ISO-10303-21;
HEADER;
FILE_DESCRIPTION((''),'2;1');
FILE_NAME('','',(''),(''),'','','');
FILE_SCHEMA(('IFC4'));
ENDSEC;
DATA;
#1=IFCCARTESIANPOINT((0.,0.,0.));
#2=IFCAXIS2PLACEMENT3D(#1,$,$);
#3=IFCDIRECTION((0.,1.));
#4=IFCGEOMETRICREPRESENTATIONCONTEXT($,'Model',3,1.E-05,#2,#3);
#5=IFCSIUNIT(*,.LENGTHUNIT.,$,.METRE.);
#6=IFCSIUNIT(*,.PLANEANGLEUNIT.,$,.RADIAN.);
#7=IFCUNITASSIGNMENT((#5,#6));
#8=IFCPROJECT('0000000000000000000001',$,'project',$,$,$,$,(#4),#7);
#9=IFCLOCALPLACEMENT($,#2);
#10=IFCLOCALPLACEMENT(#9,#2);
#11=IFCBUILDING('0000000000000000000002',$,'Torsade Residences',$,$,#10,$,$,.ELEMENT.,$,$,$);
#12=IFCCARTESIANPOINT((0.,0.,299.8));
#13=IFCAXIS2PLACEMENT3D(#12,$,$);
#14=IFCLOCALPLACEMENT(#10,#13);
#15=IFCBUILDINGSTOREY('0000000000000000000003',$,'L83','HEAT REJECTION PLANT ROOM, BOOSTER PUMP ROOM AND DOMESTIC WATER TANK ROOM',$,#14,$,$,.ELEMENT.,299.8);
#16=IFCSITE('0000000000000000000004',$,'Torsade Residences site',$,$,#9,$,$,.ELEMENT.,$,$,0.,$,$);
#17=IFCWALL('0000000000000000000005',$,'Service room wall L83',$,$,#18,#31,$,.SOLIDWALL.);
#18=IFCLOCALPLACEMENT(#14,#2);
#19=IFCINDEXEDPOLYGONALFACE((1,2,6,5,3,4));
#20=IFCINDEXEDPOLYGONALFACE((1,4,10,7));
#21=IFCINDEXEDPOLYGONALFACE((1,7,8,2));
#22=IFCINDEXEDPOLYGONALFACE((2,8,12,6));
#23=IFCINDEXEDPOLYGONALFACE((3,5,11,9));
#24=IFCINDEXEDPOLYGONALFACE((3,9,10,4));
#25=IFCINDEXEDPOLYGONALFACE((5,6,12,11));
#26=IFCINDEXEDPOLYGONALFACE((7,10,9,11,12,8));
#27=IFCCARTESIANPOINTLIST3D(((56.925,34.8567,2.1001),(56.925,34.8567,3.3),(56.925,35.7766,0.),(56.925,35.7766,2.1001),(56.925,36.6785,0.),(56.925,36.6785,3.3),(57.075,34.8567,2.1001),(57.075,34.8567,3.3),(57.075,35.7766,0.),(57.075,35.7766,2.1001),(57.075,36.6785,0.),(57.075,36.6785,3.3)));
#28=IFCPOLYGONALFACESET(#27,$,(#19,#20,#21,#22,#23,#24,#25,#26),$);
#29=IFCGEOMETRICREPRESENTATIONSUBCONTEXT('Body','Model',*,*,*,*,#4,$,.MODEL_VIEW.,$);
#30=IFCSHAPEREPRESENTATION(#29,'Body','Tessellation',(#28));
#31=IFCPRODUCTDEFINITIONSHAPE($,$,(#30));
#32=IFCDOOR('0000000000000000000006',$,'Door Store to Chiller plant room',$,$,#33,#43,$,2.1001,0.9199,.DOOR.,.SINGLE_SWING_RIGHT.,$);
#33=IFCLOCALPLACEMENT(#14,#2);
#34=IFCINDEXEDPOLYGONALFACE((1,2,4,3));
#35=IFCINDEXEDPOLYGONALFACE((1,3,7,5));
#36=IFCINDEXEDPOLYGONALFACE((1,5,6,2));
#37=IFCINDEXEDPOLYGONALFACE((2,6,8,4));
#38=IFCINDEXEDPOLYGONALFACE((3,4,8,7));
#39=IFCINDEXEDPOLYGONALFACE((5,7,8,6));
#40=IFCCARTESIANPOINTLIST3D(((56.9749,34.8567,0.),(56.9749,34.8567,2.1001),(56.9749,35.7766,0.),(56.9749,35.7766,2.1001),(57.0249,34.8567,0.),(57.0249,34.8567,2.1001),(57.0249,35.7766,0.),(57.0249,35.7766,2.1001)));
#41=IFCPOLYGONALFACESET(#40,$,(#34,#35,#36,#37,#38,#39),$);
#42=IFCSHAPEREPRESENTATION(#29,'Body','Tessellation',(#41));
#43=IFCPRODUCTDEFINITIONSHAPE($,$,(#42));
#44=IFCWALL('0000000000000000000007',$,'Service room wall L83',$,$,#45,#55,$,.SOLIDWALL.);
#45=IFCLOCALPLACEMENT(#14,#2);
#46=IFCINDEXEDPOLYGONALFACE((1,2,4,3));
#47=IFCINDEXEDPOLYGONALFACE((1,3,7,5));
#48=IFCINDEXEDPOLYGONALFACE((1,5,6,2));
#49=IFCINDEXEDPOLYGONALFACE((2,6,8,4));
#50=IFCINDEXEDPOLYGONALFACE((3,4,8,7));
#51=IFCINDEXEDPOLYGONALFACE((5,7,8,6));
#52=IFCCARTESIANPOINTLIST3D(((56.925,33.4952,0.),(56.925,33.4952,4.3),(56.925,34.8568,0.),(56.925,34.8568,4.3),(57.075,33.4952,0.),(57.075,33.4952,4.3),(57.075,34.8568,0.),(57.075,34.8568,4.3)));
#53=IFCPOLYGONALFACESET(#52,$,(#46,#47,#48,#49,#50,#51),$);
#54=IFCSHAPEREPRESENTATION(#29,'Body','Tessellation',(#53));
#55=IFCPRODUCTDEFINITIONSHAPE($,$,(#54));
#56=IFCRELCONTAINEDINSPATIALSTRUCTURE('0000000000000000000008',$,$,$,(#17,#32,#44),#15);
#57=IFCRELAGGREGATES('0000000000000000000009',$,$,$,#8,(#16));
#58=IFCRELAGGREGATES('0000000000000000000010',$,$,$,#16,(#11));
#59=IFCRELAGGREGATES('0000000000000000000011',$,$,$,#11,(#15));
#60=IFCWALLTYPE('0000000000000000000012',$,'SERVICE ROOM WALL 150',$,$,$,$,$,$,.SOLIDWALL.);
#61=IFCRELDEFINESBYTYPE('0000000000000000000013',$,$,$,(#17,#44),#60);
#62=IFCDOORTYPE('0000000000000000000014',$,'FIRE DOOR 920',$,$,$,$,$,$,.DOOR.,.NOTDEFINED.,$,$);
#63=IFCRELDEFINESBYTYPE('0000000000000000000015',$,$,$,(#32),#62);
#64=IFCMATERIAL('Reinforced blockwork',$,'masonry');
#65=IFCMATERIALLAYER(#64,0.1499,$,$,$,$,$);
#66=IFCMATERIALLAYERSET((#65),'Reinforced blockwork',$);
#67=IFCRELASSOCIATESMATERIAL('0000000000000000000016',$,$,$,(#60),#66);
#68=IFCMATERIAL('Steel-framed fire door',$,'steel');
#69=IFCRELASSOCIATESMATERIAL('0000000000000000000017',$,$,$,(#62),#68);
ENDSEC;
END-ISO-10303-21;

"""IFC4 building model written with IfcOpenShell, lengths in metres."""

from ifc_helpers import new_model, si_unit, direction, frame, frame_2d, origin, place, context, subcontext, project, spatial, rectangle, extrude, material, layer, layer_set, type_object, element, fill, save


model = new_model("IFC4")

# Units and contexts
model_context = context("Model", 3, precision=1e-05, world=origin(), true_north=direction((0.0, 1.0)))
body_context = subcontext(model_context, "Body", "Model", "MODEL_VIEW")
ifc_project = project(units=[si_unit("LENGTHUNIT", "METRE"), si_unit("PLANEANGLEUNIT", "RADIAN")], contexts=[model_context])

# Site, building, storey
site_placement = place(None, origin())
site = spatial("IfcSite", under=ifc_project, at=site_placement, Name="Torsade Residences site", CompositionType="ELEMENT", RefElevation=0.0)
building_placement = place(site_placement, origin())
building = spatial("IfcBuilding", under=site, at=building_placement, Name="Torsade Residences", CompositionType="ELEMENT")
storey_placement = place(building_placement, frame((0.0, 0.0, 299.8)))
storey = spatial("IfcBuildingStorey", under=building, at=storey_placement, Name="L83", Description="HEAT REJECTION PLANT ROOM, BOOSTER PUMP ROOM AND DOMESTIC WATER TANK ROOM", CompositionType="ELEMENT", Elevation=299.8)

# Shared definitions
ifc_material_1 = material(Name="Reinforced blockwork", Category="masonry")
ifc_layer_1 = layer(ifc_material_1, 0.1499)
ifc_layer_set_1 = layer_set([ifc_layer_1], Name="Reinforced blockwork")
wall_type_1 = type_object("IfcWallType", Name="SERVICE ROOM WALL 150", PredefinedType="SOLIDWALL", material=ifc_layer_set_1)

# Shared definitions
ifc_material_2 = material(Name="Steel-framed fire door", Category="steel")
door_type = type_object("IfcDoorType", Name="FIRE DOOR 920", OperationType="NOTDEFINED", PredefinedType="DOOR", material=ifc_material_2)

# Wall, opening, door
wall_1_placement = place(storey_placement, frame((57.0, 36.6785, 0.0), z_axis=(0.0, 0.0, 1.0), x_axis=(0.0, -1.0, 0.0)))
wall_1 = element("IfcWall", 1, at=wall_1_placement, inside=storey, type_object=wall_type_1, Name="Service room wall L83", PredefinedType="SOLIDWALL", context=body_context, shape_type="SweptSolid", body=[
    extrude(rectangle(XDim=1.8218, YDim=0.1499, at=frame_2d((0.9109, 0.0))), origin(), (0.0, 0.0, 1.0), 3.3),
])
opening_1_placement = place(wall_1_placement, frame((0.9019, 0.0, 0.0)))
opening_1 = element("IfcOpeningElement", 2, at=opening_1_placement, cuts=wall_1, PredefinedType="OPENING", context=body_context, shape_type="SweptSolid", body=[
    extrude(rectangle(XDim=0.9199, YDim=2.1001, at=frame_2d((0.46, 1.05))), frame((0.0, 0.085, 0.0), z_axis=(0.0, -1.0, 0.0), x_axis=(1.0, 0.0, 0.0)), (0.0, 0.0, 1.0), 0.1699),
])
door_1_placement = place(opening_1_placement, origin())
door_1 = element("IfcDoor", 3, at=door_1_placement, inside=storey, type_object=door_type, Name="Door Store to Chiller plant room", OperationType="SINGLE_SWING_RIGHT", OverallHeight=2.1001, OverallWidth=0.9199, PredefinedType="DOOR", context=body_context, shape_type="SweptSolid", body=[
    extrude(rectangle(XDim=0.9199, YDim=2.1001, at=frame_2d((0.46, 1.05))), frame((0.0, 0.0249, 0.0), z_axis=(0.0, -1.0, 0.0), x_axis=(1.0, 0.0, 0.0)), (0.0, 0.0, 1.0), 0.05),
])
fill(opening_1, door_1)

# Wall
wall_2_placement = place(storey_placement, frame((57.0, 34.8567, 0.0), z_axis=(0.0, 0.0, 1.0), x_axis=(0.0, -1.0, 0.0)))
element("IfcWall", 4, at=wall_2_placement, inside=storey, type_object=wall_type_1, Name="Service room wall L83", PredefinedType="SOLIDWALL", context=body_context, shape_type="SweptSolid", body=[
    extrude(rectangle(XDim=1.3616, YDim=0.1499, at=frame_2d((0.6807, 0.0))), origin(), (0.0, 0.0, 1.0), 4.3),
])

save(model, "model.ifc")
